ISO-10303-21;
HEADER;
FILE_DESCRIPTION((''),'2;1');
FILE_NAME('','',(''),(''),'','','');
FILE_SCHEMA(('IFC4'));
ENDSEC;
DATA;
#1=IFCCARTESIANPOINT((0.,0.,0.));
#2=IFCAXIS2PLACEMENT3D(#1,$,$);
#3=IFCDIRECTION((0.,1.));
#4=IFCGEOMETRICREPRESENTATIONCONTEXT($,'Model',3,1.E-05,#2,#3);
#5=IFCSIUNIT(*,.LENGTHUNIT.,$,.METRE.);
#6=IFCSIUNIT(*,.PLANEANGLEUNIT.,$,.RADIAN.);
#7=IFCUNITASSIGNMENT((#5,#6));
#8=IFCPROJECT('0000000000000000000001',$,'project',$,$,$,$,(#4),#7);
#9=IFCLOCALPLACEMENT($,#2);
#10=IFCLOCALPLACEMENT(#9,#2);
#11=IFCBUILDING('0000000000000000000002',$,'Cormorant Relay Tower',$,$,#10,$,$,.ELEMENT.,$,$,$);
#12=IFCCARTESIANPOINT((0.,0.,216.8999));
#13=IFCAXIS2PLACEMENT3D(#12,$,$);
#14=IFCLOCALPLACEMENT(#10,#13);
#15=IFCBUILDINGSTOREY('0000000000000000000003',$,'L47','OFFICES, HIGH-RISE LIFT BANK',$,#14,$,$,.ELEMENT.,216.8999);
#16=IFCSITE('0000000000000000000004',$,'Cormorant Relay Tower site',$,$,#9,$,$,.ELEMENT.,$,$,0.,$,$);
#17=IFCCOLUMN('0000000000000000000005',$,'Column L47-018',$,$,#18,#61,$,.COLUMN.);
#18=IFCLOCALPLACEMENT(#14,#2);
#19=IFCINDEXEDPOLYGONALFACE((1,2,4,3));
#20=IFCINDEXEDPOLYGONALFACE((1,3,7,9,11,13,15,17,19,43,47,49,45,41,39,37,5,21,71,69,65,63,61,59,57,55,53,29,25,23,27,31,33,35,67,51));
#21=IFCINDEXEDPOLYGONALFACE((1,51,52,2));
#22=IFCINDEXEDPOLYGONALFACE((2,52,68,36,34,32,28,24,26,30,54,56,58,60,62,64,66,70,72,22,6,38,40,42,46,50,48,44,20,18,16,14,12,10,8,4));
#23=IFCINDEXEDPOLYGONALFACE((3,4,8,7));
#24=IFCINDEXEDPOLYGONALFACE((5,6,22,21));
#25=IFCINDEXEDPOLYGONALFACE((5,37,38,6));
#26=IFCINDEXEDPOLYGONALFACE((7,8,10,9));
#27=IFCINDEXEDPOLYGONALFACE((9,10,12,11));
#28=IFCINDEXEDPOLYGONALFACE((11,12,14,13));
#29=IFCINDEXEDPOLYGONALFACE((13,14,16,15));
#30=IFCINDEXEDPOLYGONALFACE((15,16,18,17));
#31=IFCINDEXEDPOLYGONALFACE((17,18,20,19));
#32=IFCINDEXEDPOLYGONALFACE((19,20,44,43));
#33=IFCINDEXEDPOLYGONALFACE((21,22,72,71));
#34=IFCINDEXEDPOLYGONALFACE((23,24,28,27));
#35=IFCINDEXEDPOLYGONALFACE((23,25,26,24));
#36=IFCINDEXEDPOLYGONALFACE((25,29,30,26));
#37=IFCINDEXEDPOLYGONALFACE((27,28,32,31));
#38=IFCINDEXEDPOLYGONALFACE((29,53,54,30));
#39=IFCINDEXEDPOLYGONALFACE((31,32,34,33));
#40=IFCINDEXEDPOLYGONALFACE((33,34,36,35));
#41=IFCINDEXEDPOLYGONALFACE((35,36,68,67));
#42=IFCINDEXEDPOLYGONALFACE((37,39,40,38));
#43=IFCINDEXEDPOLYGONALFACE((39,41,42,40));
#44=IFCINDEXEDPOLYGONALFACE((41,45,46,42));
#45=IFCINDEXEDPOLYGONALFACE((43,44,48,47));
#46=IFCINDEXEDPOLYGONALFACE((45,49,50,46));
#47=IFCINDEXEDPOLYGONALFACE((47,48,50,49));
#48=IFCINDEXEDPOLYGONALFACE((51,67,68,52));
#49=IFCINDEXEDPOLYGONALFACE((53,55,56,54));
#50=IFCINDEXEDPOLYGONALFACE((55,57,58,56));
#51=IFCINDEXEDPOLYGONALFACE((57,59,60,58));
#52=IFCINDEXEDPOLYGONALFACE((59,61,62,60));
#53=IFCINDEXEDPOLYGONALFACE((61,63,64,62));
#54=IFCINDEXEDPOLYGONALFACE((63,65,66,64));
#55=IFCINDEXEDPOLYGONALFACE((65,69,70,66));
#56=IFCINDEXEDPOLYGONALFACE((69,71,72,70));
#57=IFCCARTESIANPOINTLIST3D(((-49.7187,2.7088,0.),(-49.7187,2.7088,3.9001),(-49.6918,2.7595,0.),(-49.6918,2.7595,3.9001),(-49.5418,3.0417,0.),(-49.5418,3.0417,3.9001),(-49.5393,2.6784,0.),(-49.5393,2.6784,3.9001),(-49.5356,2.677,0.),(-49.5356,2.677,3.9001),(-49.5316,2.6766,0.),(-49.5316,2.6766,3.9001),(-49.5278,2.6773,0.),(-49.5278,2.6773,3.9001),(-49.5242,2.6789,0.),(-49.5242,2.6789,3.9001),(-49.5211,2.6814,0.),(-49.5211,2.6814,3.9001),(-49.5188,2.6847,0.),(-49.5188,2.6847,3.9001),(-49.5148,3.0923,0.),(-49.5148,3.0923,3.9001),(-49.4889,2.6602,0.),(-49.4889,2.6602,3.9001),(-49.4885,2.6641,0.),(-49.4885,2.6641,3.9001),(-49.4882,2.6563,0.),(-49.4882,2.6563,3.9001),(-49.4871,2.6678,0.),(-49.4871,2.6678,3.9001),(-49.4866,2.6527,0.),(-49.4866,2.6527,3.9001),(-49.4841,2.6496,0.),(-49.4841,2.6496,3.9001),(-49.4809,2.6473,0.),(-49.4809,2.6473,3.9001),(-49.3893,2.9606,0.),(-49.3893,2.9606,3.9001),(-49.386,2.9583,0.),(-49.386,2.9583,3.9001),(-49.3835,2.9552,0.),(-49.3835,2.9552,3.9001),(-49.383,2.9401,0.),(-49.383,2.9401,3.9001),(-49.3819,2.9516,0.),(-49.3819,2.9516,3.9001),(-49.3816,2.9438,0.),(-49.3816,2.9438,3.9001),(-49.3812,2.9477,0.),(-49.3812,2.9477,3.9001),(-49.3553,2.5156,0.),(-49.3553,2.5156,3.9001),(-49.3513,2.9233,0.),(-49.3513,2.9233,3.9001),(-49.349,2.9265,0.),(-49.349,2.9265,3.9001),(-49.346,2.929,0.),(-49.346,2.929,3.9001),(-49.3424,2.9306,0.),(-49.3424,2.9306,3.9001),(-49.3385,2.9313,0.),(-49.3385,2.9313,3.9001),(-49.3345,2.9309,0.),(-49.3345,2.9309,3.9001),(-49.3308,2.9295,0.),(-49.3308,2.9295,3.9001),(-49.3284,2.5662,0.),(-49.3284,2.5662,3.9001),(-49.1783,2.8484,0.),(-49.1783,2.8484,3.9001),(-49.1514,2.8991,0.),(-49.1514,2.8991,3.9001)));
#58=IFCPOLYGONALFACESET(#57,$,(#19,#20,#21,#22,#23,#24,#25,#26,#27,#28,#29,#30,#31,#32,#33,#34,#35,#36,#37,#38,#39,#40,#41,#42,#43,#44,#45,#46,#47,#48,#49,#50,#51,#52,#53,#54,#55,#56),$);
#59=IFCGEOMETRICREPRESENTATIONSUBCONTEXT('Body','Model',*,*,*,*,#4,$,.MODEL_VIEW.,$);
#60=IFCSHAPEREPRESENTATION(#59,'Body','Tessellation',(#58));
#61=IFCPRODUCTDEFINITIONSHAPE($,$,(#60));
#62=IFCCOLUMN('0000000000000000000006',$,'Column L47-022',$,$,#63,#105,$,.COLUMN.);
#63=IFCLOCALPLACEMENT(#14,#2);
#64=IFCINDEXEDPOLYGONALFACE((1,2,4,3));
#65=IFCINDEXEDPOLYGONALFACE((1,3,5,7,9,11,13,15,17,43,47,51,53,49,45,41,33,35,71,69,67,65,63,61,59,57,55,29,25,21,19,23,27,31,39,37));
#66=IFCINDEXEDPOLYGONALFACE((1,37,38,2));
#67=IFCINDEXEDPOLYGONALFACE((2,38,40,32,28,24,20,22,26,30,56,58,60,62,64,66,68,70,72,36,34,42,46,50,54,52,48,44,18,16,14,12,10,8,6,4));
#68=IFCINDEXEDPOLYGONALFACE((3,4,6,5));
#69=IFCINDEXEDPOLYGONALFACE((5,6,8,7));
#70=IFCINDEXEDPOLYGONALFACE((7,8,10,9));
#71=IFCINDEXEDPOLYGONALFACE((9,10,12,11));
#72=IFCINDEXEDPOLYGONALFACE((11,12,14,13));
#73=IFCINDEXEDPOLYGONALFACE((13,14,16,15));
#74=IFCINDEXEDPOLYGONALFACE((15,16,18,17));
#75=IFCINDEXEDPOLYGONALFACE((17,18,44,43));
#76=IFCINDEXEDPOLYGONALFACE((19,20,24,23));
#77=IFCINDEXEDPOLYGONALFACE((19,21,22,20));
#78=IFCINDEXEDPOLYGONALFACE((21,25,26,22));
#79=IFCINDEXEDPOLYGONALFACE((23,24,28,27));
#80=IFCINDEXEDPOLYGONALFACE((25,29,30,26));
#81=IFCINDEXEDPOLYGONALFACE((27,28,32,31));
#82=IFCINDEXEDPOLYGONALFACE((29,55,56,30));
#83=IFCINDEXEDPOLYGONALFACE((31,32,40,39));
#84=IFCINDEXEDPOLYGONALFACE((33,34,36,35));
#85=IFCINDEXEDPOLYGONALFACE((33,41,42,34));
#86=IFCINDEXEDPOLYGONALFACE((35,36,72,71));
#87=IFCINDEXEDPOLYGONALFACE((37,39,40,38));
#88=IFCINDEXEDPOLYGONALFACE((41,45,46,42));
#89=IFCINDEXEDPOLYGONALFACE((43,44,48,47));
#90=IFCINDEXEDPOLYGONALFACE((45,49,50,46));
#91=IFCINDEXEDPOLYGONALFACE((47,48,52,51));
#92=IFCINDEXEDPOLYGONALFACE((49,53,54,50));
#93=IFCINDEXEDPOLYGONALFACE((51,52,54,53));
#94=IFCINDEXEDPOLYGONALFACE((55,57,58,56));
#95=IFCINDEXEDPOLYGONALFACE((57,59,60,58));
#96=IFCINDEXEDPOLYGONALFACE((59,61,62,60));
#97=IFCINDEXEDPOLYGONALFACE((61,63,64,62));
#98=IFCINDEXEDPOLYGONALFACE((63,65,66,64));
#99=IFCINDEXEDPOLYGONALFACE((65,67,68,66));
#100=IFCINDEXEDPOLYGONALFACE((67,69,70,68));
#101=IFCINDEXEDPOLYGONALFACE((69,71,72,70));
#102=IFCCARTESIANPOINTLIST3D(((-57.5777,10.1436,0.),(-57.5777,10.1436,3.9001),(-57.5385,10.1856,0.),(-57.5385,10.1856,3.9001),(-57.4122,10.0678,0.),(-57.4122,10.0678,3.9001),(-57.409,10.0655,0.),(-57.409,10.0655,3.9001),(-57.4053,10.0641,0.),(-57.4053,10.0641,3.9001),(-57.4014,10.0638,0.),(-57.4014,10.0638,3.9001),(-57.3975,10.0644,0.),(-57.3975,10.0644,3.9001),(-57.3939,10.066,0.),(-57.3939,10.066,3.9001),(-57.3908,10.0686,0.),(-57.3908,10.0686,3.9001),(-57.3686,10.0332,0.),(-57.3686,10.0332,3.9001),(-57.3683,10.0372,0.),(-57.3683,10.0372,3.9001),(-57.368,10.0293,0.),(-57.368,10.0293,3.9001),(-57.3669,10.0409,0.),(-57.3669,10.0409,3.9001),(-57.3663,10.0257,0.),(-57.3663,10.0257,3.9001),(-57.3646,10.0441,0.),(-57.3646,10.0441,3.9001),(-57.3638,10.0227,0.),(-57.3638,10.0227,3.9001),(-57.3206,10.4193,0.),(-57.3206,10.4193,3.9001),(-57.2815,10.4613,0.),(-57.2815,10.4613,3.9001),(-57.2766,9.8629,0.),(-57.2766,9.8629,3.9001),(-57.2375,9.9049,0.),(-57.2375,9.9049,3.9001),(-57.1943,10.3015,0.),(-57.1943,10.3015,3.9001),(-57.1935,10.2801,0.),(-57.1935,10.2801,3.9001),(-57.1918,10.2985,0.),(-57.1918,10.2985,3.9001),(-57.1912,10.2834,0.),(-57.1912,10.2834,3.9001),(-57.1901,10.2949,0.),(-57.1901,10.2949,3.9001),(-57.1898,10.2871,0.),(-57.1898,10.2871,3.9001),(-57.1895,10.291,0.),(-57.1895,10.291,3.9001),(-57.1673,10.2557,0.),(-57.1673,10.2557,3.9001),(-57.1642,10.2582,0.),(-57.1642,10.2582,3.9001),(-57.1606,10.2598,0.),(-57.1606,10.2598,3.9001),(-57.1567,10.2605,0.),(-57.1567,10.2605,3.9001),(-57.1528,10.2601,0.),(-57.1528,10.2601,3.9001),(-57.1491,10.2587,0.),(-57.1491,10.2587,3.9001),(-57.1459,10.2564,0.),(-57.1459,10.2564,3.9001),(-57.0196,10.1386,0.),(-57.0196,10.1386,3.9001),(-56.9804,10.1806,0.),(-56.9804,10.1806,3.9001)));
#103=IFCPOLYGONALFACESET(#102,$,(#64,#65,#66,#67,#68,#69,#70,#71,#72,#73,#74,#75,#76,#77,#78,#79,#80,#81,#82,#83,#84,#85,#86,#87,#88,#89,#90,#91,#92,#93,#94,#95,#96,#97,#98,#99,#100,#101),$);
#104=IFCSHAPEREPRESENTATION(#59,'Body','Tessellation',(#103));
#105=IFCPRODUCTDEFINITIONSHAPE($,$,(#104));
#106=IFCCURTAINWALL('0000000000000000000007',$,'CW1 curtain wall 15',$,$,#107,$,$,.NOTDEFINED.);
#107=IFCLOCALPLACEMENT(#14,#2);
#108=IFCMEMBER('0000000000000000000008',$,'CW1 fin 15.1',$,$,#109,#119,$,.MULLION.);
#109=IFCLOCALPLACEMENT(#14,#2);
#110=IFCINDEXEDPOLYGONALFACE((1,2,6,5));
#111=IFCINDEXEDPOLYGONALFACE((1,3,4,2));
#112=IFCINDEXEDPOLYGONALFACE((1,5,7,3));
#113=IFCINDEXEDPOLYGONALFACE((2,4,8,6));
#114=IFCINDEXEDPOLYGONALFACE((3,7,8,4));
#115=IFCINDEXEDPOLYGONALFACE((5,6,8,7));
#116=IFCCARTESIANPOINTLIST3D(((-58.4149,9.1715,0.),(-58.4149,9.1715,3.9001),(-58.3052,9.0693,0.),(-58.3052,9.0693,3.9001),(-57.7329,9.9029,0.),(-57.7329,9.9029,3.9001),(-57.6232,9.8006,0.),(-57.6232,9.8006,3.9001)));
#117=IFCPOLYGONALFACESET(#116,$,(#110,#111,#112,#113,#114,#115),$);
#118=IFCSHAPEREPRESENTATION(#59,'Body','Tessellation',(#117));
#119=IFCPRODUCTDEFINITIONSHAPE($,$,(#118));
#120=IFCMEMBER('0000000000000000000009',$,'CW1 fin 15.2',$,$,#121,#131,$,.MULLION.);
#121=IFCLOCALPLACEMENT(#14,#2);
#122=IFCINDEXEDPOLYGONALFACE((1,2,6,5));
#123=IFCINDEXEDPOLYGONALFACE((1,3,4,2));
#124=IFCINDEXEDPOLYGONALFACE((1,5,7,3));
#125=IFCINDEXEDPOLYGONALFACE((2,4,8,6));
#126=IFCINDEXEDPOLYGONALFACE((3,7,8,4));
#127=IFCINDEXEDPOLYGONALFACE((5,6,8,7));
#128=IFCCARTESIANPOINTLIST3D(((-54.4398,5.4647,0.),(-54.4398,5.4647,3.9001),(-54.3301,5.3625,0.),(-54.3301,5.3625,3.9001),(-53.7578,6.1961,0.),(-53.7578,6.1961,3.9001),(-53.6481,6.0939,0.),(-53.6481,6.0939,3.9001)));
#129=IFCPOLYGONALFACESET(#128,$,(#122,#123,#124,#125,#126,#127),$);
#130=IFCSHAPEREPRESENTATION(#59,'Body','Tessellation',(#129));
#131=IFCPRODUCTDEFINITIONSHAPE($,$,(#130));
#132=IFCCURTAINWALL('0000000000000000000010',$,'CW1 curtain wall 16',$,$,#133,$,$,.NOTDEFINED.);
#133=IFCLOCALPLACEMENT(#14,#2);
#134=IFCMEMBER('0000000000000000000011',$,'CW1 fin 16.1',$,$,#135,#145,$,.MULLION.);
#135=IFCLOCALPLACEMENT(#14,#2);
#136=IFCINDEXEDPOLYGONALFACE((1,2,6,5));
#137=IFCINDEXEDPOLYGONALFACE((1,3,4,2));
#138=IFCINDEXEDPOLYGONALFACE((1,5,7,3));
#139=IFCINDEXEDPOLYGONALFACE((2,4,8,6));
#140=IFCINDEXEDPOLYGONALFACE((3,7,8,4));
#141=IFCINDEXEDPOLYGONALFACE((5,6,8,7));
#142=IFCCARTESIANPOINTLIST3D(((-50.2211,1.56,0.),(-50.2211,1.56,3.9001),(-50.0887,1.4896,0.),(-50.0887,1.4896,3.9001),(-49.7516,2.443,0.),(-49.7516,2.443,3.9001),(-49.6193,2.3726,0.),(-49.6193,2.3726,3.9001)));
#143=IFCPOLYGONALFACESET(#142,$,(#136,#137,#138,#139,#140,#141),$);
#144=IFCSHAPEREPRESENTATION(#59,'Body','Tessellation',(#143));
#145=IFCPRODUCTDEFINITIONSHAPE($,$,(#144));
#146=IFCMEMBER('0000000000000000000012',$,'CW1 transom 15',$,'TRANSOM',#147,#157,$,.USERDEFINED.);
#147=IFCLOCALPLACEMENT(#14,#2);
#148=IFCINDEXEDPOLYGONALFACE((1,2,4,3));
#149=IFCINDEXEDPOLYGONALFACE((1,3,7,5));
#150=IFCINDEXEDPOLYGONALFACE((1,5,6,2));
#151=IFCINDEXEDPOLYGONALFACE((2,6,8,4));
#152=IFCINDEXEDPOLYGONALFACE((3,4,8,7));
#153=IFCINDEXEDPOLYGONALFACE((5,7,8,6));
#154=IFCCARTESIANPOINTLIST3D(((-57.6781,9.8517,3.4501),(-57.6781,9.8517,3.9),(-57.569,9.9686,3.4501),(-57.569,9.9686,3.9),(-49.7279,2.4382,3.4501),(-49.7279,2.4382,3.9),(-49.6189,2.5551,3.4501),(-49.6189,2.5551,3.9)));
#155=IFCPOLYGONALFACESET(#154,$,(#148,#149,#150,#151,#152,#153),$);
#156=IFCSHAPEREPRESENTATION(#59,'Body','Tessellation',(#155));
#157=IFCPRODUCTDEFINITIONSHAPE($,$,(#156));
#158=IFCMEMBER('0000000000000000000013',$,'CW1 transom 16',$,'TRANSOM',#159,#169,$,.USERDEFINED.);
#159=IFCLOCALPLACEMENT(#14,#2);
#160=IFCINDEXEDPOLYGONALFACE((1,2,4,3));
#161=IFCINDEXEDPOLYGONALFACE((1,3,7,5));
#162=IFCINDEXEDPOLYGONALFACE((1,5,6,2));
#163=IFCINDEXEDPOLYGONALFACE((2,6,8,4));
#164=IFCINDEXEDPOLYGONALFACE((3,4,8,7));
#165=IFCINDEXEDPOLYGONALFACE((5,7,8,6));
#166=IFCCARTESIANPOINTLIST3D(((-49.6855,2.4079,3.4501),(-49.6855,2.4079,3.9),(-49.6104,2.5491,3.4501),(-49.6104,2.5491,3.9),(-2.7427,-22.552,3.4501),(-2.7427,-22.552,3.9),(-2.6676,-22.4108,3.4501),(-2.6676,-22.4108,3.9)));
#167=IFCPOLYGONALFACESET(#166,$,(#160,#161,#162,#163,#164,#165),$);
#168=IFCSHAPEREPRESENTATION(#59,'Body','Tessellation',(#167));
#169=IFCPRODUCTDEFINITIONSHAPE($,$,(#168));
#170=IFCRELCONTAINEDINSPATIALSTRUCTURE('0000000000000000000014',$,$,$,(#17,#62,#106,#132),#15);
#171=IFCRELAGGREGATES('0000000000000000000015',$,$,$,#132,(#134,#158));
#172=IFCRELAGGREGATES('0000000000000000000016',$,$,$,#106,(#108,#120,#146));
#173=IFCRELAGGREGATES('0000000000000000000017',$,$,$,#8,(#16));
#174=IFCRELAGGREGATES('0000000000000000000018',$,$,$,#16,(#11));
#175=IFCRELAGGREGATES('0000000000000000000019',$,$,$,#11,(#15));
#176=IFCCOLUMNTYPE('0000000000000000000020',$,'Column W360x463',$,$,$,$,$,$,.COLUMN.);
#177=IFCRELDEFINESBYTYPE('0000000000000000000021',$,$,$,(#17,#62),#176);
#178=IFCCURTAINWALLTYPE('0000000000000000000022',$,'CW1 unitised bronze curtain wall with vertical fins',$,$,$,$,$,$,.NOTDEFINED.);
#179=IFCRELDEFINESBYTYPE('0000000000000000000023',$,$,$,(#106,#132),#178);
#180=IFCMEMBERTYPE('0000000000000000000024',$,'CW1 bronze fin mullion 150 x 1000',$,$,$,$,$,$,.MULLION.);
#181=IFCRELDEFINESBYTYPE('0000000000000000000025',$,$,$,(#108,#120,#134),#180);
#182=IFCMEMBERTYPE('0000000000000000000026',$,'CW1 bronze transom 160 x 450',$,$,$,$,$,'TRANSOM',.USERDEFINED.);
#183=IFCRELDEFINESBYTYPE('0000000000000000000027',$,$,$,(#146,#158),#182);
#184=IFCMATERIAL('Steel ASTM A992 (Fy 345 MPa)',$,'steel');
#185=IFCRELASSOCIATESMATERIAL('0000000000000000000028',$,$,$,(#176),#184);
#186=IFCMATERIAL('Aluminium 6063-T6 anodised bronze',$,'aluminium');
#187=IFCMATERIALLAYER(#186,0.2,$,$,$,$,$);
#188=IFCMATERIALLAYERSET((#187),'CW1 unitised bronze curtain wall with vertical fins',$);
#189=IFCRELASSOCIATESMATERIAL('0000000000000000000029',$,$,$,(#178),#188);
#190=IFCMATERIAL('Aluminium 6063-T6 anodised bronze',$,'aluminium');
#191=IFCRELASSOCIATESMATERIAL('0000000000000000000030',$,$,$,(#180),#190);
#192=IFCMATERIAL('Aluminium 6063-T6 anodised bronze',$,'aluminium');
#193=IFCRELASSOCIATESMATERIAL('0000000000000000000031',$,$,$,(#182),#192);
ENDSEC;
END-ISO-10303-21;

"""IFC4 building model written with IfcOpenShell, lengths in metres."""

from ifc_helpers import new_model, si_unit, direction, frame, origin, origin_2d, place, context, subcontext, project, spatial, rectangle, i_section, extrude, material, layer, layer_set, material_profile, profile_set, type_object, element, aggregate, save


model = new_model("IFC4")

# Units and contexts
model_context = context("Model", 3, precision=1e-05, world=origin(), true_north=direction((0.0, 1.0)))
body_context = subcontext(model_context, "Body", "Model", "MODEL_VIEW")
ifc_project = project(units=[si_unit("LENGTHUNIT", "METRE"), si_unit("PLANEANGLEUNIT", "RADIAN")], contexts=[model_context])

# Site, building, storey
site_placement = place(None, origin())
site = spatial("IfcSite", under=ifc_project, at=site_placement, Name="Cormorant Relay Tower site", CompositionType="ELEMENT", RefElevation=0.0)
building_placement = place(site_placement, origin())
building = spatial("IfcBuilding", under=site, at=building_placement, Name="Cormorant Relay Tower", CompositionType="ELEMENT")
storey_placement = place(building_placement, frame((0.0, 0.0, 216.8999)))
storey = spatial("IfcBuildingStorey", under=building, at=storey_placement, Name="L47", Description="OFFICES, HIGH-RISE LIFT BANK", CompositionType="ELEMENT", Elevation=216.8999)

# Columns
ifc_material_1 = material(Name="Steel ASTM A992 (Fy 345 MPa)", Category="steel")
ifc_material_profile_1 = material_profile(ifc_material_1, i_section(OverallWidth=0.4116, OverallDepth=0.4343, WebThickness=0.0359, FlangeThickness=0.0574, FilletRadius=0.0151, at=origin_2d()), Name="W360x463")
ifc_profile_set_1 = profile_set([ifc_material_profile_1], Name="Steel ASTM A992 (Fy 345 MPa)")
column_type = type_object("IfcColumnType", Name="Column W360x463", PredefinedType="COLUMN", material=ifc_profile_set_1)
for number, where, z_axis, x_axis, name in (
    (1, (-49.4351, 2.804, 0.0), (0.0, 0.0, 1.0), (0.882948, -0.469472, 0.0), "Column L47-018"),
    (2, (-57.2791, 10.1621, 0.0), (0.0, 0.0, 1.0), (0.731354, -0.681998, 0.0), "Column L47-022"),
):
    element("IfcColumn", number, at=place(storey_placement, frame(where, z_axis=z_axis, x_axis=x_axis)), inside=storey, type_object=column_type, Name=name, PredefinedType="COLUMN", context=body_context, shape_type="SweptSolid", body=[
        extrude(i_section(OverallWidth=0.4116, OverallDepth=0.4343, WebThickness=0.0359, FlangeThickness=0.0574, FilletRadius=0.0151, at=origin_2d()), origin(), (0.0, 0.0, 1.0), 3.9001),
    ])

# Curtain wall, members
ifc_material_2 = material(Name="Aluminium 6063-T6 anodised bronze", Category="aluminium")
ifc_layer_1 = layer(ifc_material_2, 0.2)
ifc_layer_set_1 = layer_set([ifc_layer_1], Name="CW1 unitised bronze curtain wall with vertical fins")
curtain_wall_type = type_object("IfcCurtainWallType", Name="CW1 unitised bronze curtain wall with vertical fins", PredefinedType="NOTDEFINED", material=ifc_layer_set_1)
curtain_wall_1_placement = place(storey_placement, origin())
curtain_wall_1 = element("IfcCurtainWall", 3, at=curtain_wall_1_placement, inside=storey, type_object=curtain_wall_type, Name="CW1 curtain wall 15", PredefinedType="NOTDEFINED")
ifc_material_3 = material(Name="Aluminium 6063-T6 anodised bronze", Category="aluminium")
ifc_material_profile_2 = material_profile(ifc_material_3, rectangle(XDim=0.1499, YDim=1.0, at=origin_2d()), Name="AL 150x1000")
ifc_profile_set_2 = profile_set([ifc_material_profile_2], Name="Aluminium 6063-T6 anodised bronze")
member_type_1 = type_object("IfcMemberType", Name="CW1 bronze fin mullion 150 x 1000", PredefinedType="MULLION", material=ifc_profile_set_2)
member_1_placement = place(storey_placement, frame((-58.019, 9.4861, 0.0), z_axis=(0.0, 0.0, 1.0), x_axis=(0.731354, -0.681998, 0.0)))
member_1 = element("IfcMember", 4, at=member_1_placement, type_object=member_type_1, Name="CW1 fin 15.1", PredefinedType="MULLION", context=body_context, shape_type="SweptSolid", body=[
    extrude(rectangle(XDim=0.1499, YDim=1.0, at=origin_2d()), origin(), (0.0, 0.0, 1.0), 3.9001),
])
member_2_placement = place(storey_placement, frame((-54.0439, 5.7793, 0.0), z_axis=(0.0, 0.0, 1.0), x_axis=(0.731354, -0.681998, 0.0)))
member_2 = element("IfcMember", 5, at=member_2_placement, type_object=member_type_1, Name="CW1 fin 15.2", PredefinedType="MULLION", context=body_context, shape_type="SweptSolid", body=[
    extrude(rectangle(XDim=0.1499, YDim=1.0, at=origin_2d()), origin(), (0.0, 0.0, 1.0), 3.9001),
])

# Curtain wall, member
curtain_wall_2_placement = place(storey_placement, origin())
curtain_wall_2 = element("IfcCurtainWall", 6, at=curtain_wall_2_placement, inside=storey, type_object=curtain_wall_type, Name="CW1 curtain wall 16", PredefinedType="NOTDEFINED")
member_3_placement = place(storey_placement, frame((-49.9202, 1.9663, 0.0), z_axis=(0.0, 0.0, 1.0), x_axis=(0.882948, -0.469472, 0.0)))
member_3 = element("IfcMember", 7, at=member_3_placement, type_object=member_type_1, Name="CW1 fin 16.1", PredefinedType="MULLION", context=body_context, shape_type="SweptSolid", body=[
    extrude(rectangle(XDim=0.1499, YDim=1.0, at=origin_2d()), origin(), (0.0, 0.0, 1.0), 3.9001),
])

# Members
ifc_material_4 = material(Name="Aluminium 6063-T6 anodised bronze", Category="aluminium")
ifc_material_profile_3 = material_profile(ifc_material_4, rectangle(XDim=0.1599, YDim=0.45, at=origin_2d()), Name="AL 160x450")
ifc_profile_set_3 = profile_set([ifc_material_profile_3], Name="Aluminium 6063-T6 anodised bronze")
member_type_2 = type_object("IfcMemberType", Name="CW1 bronze transom 160 x 450", ElementType="TRANSOM", PredefinedType="USERDEFINED", material=ifc_profile_set_3)
member_4_placement = place(storey_placement, frame((-57.6235, 9.9102, 3.675), z_axis=(0.731358, -0.681993, 0.0), x_axis=(0.681993, 0.731358, 0.0)))
member_4 = element("IfcMember", 8, at=member_4_placement, type_object=member_type_2, Name="CW1 transom 15", ObjectType="TRANSOM", PredefinedType="USERDEFINED", context=body_context, shape_type="SweptSolid", body=[
    extrude(rectangle(XDim=0.1599, YDim=0.45, at=origin_2d()), origin(), (0.0, 0.0, 1.0), 10.8704),
])
member_5_placement = place(storey_placement, frame((-49.6479, 2.4785, 3.675), z_axis=(0.882948, -0.469471, 0.0), x_axis=(0.469471, 0.882948, 0.0)))
member_5 = element("IfcMember", 9, at=member_5_placement, type_object=member_type_2, Name="CW1 transom 16", ObjectType="TRANSOM", PredefinedType="USERDEFINED", context=body_context, shape_type="SweptSolid", body=[
    extrude(rectangle(XDim=0.1599, YDim=0.45, at=origin_2d()), origin(), (0.0, 0.0, 1.0), 53.166),
])
aggregate(curtain_wall_2, [member_3, member_5])

aggregate(curtain_wall_1, [member_1, member_2, member_4])

save(model, "model.ifc")
